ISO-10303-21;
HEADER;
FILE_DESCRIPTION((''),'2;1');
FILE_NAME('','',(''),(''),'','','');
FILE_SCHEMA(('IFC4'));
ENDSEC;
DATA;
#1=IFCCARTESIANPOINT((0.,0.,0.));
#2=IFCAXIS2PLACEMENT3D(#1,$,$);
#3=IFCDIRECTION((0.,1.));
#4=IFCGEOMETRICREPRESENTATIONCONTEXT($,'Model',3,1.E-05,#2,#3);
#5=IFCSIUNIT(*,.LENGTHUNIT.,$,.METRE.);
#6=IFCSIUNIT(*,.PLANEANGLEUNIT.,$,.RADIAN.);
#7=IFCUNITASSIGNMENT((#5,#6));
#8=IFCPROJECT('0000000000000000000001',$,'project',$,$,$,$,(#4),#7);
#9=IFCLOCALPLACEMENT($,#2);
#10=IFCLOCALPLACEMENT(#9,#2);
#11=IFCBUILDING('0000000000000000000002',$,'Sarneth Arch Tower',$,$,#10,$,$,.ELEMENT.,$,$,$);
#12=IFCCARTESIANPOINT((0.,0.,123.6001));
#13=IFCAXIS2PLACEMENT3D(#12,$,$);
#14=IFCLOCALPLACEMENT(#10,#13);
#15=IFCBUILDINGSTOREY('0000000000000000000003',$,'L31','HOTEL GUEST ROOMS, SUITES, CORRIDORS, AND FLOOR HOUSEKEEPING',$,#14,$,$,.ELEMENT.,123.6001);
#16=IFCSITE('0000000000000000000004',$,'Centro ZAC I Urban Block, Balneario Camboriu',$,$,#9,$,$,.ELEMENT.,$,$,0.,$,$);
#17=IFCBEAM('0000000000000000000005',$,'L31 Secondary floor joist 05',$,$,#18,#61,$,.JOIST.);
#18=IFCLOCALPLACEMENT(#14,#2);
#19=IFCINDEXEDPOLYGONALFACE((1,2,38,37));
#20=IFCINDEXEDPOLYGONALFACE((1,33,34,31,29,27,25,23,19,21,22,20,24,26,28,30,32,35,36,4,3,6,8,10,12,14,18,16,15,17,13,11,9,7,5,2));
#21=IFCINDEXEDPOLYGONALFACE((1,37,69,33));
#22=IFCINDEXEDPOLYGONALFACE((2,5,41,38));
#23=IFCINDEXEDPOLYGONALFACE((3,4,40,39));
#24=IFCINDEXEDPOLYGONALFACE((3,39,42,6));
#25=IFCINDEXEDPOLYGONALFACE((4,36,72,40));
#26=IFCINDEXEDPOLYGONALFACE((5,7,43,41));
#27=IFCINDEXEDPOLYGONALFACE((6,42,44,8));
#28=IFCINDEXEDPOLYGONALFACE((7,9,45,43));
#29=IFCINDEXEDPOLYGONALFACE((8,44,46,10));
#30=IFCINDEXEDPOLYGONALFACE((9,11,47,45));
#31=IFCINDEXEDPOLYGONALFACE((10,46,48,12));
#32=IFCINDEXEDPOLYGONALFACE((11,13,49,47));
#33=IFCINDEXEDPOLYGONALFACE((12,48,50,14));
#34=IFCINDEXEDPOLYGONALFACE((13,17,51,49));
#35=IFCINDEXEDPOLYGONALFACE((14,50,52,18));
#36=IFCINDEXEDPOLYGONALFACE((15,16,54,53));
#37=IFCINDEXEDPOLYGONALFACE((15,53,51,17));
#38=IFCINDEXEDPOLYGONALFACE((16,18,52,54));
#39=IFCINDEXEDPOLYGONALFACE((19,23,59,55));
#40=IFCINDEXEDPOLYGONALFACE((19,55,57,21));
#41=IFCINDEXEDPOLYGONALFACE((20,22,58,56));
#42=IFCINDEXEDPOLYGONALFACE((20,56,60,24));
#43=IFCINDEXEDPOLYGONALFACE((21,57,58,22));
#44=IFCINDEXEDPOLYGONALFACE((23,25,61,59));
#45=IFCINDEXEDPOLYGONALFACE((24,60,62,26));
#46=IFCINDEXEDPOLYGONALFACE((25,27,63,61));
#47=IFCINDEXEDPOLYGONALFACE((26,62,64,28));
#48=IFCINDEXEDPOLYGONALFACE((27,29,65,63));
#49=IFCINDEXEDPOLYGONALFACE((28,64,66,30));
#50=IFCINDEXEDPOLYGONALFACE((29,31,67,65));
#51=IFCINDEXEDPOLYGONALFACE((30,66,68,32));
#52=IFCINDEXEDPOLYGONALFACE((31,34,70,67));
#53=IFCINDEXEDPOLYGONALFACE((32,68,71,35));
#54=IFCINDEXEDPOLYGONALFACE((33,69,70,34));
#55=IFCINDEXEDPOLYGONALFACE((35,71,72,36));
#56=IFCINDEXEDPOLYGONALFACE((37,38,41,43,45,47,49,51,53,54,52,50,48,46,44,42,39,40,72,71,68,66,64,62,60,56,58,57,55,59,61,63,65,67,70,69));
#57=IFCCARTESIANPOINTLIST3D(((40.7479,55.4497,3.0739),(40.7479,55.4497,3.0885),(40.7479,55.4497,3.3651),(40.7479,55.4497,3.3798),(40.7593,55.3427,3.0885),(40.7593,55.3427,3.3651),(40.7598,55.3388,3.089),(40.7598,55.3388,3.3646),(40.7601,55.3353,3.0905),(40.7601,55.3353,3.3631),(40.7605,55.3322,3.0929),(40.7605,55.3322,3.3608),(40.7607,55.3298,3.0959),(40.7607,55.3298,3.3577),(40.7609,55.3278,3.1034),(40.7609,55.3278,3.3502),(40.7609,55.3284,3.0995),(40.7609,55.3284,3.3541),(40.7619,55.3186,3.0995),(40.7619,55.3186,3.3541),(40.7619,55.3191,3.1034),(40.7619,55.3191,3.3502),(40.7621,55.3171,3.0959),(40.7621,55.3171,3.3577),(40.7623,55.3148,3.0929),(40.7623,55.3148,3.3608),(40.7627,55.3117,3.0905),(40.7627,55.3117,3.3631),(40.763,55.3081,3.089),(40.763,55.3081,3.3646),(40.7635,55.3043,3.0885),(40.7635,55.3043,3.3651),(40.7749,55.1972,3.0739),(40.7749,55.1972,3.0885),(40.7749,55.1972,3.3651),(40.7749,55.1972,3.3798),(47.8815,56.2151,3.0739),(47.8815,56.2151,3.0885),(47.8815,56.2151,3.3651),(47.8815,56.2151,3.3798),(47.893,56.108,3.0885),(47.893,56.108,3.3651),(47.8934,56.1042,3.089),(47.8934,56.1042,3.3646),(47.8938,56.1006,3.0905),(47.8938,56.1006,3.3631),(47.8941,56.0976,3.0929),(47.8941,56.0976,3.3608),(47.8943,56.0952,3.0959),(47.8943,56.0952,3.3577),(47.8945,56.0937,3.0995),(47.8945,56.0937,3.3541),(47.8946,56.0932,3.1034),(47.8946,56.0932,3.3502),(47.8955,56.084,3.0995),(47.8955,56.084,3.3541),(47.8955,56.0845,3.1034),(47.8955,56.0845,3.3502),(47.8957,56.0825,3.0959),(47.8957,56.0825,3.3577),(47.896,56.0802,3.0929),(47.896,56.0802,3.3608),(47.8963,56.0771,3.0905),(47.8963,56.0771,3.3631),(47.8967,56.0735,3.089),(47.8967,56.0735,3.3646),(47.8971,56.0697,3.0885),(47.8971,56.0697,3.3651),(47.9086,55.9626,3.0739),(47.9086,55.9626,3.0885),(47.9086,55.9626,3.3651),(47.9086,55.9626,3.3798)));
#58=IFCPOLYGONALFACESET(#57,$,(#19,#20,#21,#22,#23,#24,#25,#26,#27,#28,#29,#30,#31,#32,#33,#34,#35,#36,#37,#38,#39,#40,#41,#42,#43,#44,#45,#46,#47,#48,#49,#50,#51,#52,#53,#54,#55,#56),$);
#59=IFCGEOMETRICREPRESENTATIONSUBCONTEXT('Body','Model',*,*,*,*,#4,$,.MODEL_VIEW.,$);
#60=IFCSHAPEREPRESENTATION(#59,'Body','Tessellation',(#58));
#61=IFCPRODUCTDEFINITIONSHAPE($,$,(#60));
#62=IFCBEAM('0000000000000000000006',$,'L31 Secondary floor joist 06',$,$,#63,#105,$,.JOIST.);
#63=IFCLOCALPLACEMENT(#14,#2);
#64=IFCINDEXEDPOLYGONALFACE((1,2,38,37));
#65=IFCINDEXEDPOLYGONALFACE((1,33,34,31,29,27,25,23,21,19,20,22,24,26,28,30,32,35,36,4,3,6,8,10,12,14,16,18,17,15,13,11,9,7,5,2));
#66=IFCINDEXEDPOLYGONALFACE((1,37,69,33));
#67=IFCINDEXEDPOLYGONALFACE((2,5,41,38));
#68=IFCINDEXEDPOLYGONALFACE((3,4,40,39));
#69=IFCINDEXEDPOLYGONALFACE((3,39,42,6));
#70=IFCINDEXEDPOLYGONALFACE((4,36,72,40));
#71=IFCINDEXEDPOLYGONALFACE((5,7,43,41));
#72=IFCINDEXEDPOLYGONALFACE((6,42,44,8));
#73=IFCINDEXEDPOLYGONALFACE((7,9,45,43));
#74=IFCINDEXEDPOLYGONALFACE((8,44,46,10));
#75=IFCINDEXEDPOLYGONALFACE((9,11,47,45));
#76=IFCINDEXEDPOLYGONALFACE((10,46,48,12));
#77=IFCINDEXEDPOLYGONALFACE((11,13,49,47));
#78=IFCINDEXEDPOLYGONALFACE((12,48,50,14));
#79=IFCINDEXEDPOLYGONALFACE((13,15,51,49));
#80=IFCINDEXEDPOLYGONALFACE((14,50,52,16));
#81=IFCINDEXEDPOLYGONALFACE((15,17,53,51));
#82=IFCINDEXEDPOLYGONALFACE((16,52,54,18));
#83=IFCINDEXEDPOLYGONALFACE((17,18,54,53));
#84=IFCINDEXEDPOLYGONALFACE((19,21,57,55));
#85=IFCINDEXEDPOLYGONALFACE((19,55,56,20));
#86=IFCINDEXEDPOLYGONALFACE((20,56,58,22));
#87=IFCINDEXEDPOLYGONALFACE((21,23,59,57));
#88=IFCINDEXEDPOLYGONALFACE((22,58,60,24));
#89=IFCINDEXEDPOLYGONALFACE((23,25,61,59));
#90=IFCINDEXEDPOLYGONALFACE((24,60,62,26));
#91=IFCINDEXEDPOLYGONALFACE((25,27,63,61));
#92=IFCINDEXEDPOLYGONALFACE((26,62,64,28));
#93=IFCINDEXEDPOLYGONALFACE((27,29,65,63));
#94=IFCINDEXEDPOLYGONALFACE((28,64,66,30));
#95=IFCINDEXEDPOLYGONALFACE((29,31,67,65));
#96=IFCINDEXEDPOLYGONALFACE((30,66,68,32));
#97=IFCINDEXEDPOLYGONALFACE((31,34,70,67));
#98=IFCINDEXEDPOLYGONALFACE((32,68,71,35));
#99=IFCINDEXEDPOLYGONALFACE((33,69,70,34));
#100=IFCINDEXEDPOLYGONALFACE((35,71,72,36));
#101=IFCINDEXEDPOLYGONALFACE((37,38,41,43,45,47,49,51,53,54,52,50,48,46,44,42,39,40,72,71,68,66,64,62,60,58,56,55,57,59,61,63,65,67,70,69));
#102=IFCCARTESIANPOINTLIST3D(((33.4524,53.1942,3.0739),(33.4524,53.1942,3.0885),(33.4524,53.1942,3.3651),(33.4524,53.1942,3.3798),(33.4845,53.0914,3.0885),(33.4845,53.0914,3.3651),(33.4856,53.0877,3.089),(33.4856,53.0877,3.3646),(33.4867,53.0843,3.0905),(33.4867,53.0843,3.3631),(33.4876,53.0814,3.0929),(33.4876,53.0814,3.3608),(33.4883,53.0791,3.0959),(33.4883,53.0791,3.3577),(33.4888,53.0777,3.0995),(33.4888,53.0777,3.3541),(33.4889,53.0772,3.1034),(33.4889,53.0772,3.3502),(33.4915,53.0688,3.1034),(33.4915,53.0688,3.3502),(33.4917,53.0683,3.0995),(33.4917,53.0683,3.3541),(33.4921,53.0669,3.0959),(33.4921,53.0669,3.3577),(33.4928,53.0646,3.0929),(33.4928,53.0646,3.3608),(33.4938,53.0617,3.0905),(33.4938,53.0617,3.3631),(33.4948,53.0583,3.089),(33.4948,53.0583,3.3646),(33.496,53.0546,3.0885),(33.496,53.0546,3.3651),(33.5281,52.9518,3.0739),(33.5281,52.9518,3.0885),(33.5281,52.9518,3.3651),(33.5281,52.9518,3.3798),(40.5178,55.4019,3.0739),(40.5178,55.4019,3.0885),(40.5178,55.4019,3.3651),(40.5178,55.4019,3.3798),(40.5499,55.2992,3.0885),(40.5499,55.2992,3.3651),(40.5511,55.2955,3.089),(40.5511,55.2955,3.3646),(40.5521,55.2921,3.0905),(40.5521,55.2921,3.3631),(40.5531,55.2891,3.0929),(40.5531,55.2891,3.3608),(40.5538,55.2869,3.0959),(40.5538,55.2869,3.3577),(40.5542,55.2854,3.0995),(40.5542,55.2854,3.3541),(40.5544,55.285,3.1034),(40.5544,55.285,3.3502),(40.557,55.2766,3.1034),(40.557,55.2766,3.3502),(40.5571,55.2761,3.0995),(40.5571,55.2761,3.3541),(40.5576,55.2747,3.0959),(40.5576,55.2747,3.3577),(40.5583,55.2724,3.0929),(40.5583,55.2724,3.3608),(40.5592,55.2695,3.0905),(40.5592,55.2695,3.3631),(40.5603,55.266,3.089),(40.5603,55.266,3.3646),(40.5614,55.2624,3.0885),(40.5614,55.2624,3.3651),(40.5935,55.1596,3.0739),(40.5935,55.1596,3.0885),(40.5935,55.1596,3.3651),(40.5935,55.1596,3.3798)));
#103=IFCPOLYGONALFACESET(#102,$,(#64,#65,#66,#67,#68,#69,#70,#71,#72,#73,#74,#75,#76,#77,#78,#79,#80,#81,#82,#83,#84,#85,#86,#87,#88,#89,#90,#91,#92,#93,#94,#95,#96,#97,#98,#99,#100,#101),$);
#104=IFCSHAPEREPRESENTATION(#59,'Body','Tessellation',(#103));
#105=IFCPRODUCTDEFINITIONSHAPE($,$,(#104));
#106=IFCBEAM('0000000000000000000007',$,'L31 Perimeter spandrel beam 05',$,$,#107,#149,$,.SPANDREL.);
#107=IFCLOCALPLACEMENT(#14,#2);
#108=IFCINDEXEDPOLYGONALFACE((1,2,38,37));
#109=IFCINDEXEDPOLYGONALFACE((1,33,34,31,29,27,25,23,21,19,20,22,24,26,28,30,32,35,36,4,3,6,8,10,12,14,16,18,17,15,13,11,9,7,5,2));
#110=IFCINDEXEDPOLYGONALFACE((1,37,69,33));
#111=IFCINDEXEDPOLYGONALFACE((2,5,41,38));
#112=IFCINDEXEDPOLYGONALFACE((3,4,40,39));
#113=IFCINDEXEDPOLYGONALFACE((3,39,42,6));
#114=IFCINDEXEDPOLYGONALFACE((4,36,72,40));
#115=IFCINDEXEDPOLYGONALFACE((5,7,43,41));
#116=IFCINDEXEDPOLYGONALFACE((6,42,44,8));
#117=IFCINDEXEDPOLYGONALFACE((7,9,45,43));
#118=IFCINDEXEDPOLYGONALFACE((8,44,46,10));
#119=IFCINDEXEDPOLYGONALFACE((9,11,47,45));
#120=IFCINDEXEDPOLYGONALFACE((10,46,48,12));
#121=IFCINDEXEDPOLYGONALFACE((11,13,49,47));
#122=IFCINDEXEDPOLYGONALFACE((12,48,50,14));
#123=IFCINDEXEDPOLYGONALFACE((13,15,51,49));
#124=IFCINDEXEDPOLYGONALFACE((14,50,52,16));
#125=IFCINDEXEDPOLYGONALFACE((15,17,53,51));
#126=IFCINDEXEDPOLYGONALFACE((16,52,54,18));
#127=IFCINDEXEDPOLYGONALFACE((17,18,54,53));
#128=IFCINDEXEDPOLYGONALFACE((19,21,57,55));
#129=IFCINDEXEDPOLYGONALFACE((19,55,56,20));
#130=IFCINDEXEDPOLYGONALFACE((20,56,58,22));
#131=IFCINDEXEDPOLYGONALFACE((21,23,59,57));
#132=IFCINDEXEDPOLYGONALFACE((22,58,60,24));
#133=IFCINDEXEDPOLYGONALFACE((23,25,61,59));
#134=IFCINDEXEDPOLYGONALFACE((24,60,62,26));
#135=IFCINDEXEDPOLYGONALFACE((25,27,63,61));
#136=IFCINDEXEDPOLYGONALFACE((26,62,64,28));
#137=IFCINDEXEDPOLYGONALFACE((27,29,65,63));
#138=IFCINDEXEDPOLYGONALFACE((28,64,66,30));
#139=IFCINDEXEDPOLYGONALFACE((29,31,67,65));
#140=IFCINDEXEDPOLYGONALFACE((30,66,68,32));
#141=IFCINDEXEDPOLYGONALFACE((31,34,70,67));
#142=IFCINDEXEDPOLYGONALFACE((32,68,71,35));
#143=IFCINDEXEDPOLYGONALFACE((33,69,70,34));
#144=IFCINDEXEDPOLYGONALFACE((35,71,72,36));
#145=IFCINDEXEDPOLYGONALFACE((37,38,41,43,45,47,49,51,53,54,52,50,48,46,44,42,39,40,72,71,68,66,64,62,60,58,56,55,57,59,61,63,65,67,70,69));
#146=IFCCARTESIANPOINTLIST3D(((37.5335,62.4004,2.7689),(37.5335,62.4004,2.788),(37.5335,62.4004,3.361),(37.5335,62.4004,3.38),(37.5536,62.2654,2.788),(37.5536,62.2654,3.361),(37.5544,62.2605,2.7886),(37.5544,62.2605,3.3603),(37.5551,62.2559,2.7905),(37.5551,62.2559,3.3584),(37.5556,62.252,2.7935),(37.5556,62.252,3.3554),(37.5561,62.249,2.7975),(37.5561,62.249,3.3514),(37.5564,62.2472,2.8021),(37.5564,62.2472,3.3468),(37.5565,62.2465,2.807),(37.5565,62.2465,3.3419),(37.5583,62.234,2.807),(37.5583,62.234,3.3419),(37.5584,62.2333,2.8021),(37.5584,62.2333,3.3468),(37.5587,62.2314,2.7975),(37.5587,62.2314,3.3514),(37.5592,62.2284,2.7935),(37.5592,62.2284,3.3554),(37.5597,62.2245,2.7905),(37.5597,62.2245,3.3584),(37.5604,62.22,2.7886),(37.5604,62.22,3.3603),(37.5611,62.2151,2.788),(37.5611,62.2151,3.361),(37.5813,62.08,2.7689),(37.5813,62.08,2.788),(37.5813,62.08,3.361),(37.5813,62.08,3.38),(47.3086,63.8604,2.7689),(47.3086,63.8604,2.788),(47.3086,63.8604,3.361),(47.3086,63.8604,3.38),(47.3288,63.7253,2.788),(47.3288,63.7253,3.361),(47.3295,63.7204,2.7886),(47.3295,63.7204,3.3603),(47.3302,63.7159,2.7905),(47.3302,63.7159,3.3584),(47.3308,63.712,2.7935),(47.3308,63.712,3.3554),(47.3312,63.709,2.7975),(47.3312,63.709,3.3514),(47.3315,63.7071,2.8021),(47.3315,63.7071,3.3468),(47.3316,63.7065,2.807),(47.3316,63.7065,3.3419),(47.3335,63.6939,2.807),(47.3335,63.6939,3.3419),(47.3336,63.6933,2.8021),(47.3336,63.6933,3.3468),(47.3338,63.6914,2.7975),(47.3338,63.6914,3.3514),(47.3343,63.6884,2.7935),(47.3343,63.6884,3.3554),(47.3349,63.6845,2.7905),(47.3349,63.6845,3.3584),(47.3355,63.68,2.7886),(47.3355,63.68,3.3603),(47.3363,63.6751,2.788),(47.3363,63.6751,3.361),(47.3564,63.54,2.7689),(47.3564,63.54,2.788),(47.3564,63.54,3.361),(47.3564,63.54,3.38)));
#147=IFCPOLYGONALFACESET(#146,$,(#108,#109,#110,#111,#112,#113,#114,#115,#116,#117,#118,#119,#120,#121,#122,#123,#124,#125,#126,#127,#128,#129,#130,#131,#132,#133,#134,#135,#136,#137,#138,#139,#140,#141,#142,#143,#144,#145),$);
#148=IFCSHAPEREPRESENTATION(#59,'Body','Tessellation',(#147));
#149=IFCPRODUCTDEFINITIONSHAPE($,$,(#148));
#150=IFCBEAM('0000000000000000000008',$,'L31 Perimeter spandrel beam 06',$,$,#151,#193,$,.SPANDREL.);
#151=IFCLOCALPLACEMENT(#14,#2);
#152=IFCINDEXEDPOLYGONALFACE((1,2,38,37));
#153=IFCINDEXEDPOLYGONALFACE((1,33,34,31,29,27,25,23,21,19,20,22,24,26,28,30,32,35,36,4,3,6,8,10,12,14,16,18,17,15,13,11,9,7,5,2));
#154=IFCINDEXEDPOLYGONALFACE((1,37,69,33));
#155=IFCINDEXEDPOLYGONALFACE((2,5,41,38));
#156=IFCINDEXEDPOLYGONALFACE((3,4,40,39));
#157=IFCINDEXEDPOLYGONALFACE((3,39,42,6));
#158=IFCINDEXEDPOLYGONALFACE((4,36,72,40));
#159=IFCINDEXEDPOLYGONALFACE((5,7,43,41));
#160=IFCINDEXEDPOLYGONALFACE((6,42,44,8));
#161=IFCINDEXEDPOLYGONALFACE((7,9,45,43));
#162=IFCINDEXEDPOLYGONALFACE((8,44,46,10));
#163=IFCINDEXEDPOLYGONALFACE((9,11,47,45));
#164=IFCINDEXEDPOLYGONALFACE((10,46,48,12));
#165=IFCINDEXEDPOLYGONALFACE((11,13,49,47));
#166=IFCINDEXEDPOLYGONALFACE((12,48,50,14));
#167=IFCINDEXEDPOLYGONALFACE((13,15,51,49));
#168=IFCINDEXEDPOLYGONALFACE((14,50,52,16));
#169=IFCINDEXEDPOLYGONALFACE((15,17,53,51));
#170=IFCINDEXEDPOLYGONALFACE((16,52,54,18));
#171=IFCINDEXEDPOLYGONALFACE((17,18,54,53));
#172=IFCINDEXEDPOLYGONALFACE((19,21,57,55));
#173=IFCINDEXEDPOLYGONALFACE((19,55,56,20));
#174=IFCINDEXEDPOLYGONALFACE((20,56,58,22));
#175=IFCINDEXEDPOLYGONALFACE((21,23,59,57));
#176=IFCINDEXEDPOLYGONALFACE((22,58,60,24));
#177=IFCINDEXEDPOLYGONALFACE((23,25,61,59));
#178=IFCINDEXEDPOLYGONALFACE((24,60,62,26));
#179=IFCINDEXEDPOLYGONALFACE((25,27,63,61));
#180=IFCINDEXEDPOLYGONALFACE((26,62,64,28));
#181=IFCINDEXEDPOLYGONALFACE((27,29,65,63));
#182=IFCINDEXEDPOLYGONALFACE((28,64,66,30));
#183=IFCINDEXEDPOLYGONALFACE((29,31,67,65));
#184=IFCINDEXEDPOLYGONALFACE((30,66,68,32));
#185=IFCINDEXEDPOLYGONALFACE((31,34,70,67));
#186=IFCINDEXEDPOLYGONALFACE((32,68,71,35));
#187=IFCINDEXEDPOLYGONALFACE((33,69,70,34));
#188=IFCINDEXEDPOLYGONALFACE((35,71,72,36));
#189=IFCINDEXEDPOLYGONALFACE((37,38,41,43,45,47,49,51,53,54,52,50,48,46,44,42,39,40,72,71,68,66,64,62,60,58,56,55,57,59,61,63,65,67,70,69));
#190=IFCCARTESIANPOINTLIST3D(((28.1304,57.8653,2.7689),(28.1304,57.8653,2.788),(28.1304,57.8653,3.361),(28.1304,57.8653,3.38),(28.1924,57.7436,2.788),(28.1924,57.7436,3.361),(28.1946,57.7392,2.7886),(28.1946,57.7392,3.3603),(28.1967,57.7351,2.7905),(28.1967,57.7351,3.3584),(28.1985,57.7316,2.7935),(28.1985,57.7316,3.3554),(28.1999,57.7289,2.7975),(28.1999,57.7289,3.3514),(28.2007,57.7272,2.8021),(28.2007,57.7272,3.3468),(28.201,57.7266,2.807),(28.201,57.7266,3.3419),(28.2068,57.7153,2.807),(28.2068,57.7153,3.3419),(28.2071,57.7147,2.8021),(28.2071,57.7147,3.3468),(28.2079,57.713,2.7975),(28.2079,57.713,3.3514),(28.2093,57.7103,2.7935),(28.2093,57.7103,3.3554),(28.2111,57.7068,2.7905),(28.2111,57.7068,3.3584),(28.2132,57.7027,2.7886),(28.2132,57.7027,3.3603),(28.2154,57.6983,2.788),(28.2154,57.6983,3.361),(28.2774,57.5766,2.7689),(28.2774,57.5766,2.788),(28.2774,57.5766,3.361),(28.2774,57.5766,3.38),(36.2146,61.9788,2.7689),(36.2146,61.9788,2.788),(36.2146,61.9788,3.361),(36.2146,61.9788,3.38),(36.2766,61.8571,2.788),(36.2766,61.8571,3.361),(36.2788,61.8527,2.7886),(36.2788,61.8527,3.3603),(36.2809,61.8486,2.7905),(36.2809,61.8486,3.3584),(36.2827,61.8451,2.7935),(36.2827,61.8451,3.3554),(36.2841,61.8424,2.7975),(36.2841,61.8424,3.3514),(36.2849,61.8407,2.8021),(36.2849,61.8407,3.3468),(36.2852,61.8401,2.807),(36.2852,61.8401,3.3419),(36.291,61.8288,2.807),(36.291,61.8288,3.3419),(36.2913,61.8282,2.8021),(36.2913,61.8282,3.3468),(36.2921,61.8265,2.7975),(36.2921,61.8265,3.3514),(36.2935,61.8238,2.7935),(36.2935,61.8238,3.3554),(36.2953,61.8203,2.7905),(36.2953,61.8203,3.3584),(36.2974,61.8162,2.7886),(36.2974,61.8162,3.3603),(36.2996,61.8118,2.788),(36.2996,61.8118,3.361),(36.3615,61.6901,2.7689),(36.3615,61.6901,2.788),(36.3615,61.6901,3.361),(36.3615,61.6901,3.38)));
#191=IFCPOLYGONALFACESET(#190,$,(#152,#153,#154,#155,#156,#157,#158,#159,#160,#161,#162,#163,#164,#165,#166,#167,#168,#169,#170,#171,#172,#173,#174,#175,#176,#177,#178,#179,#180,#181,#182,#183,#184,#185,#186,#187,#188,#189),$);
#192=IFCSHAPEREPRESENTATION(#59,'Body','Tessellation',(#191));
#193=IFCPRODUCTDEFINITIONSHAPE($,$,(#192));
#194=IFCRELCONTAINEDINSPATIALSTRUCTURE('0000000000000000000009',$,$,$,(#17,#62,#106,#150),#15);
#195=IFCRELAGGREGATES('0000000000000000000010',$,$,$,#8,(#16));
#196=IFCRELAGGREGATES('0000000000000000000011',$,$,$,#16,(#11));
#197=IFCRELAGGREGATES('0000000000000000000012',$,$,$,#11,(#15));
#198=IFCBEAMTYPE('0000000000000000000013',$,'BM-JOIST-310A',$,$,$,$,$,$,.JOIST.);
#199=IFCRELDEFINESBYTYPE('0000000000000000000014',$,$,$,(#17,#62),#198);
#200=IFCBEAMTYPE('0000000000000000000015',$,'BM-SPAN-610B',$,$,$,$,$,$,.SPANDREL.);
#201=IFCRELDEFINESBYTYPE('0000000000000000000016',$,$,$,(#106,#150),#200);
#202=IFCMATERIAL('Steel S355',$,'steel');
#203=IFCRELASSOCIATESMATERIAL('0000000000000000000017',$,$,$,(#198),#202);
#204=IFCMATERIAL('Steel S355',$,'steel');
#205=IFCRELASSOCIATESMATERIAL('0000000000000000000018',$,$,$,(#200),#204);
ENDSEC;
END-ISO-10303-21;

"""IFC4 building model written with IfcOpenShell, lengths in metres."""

from ifc_helpers import new_model, si_unit, direction, frame, origin, origin_2d, place, context, subcontext, project, spatial, i_section, extrude, material, material_profile, profile_set, type_object, element, save


model = new_model("IFC4")

# Units and contexts
model_context = context("Model", 3, precision=1e-05, world=origin(), true_north=direction((0.0, 1.0)))
body_context = subcontext(model_context, "Body", "Model", "MODEL_VIEW")
ifc_project = project(units=[si_unit("LENGTHUNIT", "METRE"), si_unit("PLANEANGLEUNIT", "RADIAN")], contexts=[model_context])

# Site, building, storey
site_placement = place(None, origin())
site = spatial("IfcSite", under=ifc_project, at=site_placement, Name="Centro ZAC I Urban Block, Balneario Camboriu", CompositionType="ELEMENT", RefElevation=0.0)
building_placement = place(site_placement, origin())
building = spatial("IfcBuilding", under=site, at=building_placement, Name="Sarneth Arch Tower", CompositionType="ELEMENT")
storey_placement = place(building_placement, frame((0.0, 0.0, 123.6001)))
storey = spatial("IfcBuildingStorey", under=building, at=storey_placement, Name="L31", Description="HOTEL GUEST ROOMS, SUITES, CORRIDORS, AND FLOOR HOUSEKEEPING", CompositionType="ELEMENT", Elevation=123.6001)

# Beams
ifc_material_1 = material(Name="Steel S355", Category="steel")
ifc_material_profile_1 = material_profile(ifc_material_1, i_section(OverallWidth=0.2539, OverallDepth=0.3059, WebThickness=0.0088, FlangeThickness=0.0146, FilletRadius=0.0149, at=origin_2d()), Name="W310x79")
ifc_profile_set_1 = profile_set([ifc_material_profile_1], Name="Steel S355")
beam_type_1 = type_object("IfcBeamType", Name="BM-JOIST-310A", PredefinedType="JOIST", material=ifc_profile_set_1)
beam_1_placement = place(storey_placement, frame((47.895, 56.0889, 3.2268), z_axis=(-0.994293, -0.106681, 0.0), x_axis=(0.106681, -0.994293, 0.0)))
element("IfcBeam", 1, at=beam_1_placement, inside=storey, type_object=beam_type_1, Name="L31 Secondary floor joist 05", PredefinedType="JOIST", context=body_context, shape_type="SweptSolid", body=[
    extrude(i_section(OverallWidth=0.2539, OverallDepth=0.3059, WebThickness=0.0088, FlangeThickness=0.0146, FilletRadius=0.0149, at=origin_2d()), origin(), (0.0, 0.0, 1.0), 7.1746),
])
beam_2_placement = place(storey_placement, frame((40.5557, 55.2808, 3.2268), z_axis=(-0.954487, -0.298252, 0.0), x_axis=(0.298252, -0.954487, 0.0)))
element("IfcBeam", 2, at=beam_2_placement, inside=storey, type_object=beam_type_1, Name="L31 Secondary floor joist 06", PredefinedType="JOIST", context=body_context, shape_type="SweptSolid", body=[
    extrude(i_section(OverallWidth=0.2539, OverallDepth=0.3059, WebThickness=0.0088, FlangeThickness=0.0146, FilletRadius=0.0149, at=origin_2d()), origin(), (0.0, 0.0, 1.0), 7.4023),
])
ifc_material_2 = material(Name="Steel S355", Category="steel")
ifc_material_profile_2 = material_profile(ifc_material_2, i_section(OverallWidth=0.324, OverallDepth=0.6111, WebThickness=0.0127, FlangeThickness=0.019, FilletRadius=0.019, at=origin_2d()), Name="W610x155")
ifc_profile_set_2 = profile_set([ifc_material_profile_2], Name="Steel S355")
beam_type_2 = type_object("IfcBeamType", Name="BM-SPAN-610B", PredefinedType="SPANDREL", material=ifc_profile_set_2)
beam_3_placement = place(storey_placement, frame((47.3325, 63.7002, 3.0745), z_axis=(-0.98903, -0.147716, 0.0), x_axis=(0.147716, -0.98903, 0.0)))
element("IfcBeam", 3, at=beam_3_placement, inside=storey, type_object=beam_type_2, Name="L31 Perimeter spandrel beam 05", PredefinedType="SPANDREL", context=body_context, shape_type="SweptSolid", body=[
    extrude(i_section(OverallWidth=0.324, OverallDepth=0.6111, WebThickness=0.0127, FlangeThickness=0.019, FilletRadius=0.019, at=origin_2d()), origin(), (0.0, 0.0, 1.0), 9.8835),
])
beam_4_placement = place(storey_placement, frame((36.2881, 61.8345, 3.0745), z_axis=(-0.891256, -0.453501, 0.0), x_axis=(0.453501, -0.891256, 0.0)))
element("IfcBeam", 4, at=beam_4_placement, inside=storey, type_object=beam_type_2, Name="L31 Perimeter spandrel beam 06", PredefinedType="SPANDREL", context=body_context, shape_type="SweptSolid", body=[
    extrude(i_section(OverallWidth=0.324, OverallDepth=0.6111, WebThickness=0.0127, FlangeThickness=0.019, FilletRadius=0.019, at=origin_2d()), origin(), (0.0, 0.0, 1.0), 9.0706),
])

save(model, "model.ifc")
